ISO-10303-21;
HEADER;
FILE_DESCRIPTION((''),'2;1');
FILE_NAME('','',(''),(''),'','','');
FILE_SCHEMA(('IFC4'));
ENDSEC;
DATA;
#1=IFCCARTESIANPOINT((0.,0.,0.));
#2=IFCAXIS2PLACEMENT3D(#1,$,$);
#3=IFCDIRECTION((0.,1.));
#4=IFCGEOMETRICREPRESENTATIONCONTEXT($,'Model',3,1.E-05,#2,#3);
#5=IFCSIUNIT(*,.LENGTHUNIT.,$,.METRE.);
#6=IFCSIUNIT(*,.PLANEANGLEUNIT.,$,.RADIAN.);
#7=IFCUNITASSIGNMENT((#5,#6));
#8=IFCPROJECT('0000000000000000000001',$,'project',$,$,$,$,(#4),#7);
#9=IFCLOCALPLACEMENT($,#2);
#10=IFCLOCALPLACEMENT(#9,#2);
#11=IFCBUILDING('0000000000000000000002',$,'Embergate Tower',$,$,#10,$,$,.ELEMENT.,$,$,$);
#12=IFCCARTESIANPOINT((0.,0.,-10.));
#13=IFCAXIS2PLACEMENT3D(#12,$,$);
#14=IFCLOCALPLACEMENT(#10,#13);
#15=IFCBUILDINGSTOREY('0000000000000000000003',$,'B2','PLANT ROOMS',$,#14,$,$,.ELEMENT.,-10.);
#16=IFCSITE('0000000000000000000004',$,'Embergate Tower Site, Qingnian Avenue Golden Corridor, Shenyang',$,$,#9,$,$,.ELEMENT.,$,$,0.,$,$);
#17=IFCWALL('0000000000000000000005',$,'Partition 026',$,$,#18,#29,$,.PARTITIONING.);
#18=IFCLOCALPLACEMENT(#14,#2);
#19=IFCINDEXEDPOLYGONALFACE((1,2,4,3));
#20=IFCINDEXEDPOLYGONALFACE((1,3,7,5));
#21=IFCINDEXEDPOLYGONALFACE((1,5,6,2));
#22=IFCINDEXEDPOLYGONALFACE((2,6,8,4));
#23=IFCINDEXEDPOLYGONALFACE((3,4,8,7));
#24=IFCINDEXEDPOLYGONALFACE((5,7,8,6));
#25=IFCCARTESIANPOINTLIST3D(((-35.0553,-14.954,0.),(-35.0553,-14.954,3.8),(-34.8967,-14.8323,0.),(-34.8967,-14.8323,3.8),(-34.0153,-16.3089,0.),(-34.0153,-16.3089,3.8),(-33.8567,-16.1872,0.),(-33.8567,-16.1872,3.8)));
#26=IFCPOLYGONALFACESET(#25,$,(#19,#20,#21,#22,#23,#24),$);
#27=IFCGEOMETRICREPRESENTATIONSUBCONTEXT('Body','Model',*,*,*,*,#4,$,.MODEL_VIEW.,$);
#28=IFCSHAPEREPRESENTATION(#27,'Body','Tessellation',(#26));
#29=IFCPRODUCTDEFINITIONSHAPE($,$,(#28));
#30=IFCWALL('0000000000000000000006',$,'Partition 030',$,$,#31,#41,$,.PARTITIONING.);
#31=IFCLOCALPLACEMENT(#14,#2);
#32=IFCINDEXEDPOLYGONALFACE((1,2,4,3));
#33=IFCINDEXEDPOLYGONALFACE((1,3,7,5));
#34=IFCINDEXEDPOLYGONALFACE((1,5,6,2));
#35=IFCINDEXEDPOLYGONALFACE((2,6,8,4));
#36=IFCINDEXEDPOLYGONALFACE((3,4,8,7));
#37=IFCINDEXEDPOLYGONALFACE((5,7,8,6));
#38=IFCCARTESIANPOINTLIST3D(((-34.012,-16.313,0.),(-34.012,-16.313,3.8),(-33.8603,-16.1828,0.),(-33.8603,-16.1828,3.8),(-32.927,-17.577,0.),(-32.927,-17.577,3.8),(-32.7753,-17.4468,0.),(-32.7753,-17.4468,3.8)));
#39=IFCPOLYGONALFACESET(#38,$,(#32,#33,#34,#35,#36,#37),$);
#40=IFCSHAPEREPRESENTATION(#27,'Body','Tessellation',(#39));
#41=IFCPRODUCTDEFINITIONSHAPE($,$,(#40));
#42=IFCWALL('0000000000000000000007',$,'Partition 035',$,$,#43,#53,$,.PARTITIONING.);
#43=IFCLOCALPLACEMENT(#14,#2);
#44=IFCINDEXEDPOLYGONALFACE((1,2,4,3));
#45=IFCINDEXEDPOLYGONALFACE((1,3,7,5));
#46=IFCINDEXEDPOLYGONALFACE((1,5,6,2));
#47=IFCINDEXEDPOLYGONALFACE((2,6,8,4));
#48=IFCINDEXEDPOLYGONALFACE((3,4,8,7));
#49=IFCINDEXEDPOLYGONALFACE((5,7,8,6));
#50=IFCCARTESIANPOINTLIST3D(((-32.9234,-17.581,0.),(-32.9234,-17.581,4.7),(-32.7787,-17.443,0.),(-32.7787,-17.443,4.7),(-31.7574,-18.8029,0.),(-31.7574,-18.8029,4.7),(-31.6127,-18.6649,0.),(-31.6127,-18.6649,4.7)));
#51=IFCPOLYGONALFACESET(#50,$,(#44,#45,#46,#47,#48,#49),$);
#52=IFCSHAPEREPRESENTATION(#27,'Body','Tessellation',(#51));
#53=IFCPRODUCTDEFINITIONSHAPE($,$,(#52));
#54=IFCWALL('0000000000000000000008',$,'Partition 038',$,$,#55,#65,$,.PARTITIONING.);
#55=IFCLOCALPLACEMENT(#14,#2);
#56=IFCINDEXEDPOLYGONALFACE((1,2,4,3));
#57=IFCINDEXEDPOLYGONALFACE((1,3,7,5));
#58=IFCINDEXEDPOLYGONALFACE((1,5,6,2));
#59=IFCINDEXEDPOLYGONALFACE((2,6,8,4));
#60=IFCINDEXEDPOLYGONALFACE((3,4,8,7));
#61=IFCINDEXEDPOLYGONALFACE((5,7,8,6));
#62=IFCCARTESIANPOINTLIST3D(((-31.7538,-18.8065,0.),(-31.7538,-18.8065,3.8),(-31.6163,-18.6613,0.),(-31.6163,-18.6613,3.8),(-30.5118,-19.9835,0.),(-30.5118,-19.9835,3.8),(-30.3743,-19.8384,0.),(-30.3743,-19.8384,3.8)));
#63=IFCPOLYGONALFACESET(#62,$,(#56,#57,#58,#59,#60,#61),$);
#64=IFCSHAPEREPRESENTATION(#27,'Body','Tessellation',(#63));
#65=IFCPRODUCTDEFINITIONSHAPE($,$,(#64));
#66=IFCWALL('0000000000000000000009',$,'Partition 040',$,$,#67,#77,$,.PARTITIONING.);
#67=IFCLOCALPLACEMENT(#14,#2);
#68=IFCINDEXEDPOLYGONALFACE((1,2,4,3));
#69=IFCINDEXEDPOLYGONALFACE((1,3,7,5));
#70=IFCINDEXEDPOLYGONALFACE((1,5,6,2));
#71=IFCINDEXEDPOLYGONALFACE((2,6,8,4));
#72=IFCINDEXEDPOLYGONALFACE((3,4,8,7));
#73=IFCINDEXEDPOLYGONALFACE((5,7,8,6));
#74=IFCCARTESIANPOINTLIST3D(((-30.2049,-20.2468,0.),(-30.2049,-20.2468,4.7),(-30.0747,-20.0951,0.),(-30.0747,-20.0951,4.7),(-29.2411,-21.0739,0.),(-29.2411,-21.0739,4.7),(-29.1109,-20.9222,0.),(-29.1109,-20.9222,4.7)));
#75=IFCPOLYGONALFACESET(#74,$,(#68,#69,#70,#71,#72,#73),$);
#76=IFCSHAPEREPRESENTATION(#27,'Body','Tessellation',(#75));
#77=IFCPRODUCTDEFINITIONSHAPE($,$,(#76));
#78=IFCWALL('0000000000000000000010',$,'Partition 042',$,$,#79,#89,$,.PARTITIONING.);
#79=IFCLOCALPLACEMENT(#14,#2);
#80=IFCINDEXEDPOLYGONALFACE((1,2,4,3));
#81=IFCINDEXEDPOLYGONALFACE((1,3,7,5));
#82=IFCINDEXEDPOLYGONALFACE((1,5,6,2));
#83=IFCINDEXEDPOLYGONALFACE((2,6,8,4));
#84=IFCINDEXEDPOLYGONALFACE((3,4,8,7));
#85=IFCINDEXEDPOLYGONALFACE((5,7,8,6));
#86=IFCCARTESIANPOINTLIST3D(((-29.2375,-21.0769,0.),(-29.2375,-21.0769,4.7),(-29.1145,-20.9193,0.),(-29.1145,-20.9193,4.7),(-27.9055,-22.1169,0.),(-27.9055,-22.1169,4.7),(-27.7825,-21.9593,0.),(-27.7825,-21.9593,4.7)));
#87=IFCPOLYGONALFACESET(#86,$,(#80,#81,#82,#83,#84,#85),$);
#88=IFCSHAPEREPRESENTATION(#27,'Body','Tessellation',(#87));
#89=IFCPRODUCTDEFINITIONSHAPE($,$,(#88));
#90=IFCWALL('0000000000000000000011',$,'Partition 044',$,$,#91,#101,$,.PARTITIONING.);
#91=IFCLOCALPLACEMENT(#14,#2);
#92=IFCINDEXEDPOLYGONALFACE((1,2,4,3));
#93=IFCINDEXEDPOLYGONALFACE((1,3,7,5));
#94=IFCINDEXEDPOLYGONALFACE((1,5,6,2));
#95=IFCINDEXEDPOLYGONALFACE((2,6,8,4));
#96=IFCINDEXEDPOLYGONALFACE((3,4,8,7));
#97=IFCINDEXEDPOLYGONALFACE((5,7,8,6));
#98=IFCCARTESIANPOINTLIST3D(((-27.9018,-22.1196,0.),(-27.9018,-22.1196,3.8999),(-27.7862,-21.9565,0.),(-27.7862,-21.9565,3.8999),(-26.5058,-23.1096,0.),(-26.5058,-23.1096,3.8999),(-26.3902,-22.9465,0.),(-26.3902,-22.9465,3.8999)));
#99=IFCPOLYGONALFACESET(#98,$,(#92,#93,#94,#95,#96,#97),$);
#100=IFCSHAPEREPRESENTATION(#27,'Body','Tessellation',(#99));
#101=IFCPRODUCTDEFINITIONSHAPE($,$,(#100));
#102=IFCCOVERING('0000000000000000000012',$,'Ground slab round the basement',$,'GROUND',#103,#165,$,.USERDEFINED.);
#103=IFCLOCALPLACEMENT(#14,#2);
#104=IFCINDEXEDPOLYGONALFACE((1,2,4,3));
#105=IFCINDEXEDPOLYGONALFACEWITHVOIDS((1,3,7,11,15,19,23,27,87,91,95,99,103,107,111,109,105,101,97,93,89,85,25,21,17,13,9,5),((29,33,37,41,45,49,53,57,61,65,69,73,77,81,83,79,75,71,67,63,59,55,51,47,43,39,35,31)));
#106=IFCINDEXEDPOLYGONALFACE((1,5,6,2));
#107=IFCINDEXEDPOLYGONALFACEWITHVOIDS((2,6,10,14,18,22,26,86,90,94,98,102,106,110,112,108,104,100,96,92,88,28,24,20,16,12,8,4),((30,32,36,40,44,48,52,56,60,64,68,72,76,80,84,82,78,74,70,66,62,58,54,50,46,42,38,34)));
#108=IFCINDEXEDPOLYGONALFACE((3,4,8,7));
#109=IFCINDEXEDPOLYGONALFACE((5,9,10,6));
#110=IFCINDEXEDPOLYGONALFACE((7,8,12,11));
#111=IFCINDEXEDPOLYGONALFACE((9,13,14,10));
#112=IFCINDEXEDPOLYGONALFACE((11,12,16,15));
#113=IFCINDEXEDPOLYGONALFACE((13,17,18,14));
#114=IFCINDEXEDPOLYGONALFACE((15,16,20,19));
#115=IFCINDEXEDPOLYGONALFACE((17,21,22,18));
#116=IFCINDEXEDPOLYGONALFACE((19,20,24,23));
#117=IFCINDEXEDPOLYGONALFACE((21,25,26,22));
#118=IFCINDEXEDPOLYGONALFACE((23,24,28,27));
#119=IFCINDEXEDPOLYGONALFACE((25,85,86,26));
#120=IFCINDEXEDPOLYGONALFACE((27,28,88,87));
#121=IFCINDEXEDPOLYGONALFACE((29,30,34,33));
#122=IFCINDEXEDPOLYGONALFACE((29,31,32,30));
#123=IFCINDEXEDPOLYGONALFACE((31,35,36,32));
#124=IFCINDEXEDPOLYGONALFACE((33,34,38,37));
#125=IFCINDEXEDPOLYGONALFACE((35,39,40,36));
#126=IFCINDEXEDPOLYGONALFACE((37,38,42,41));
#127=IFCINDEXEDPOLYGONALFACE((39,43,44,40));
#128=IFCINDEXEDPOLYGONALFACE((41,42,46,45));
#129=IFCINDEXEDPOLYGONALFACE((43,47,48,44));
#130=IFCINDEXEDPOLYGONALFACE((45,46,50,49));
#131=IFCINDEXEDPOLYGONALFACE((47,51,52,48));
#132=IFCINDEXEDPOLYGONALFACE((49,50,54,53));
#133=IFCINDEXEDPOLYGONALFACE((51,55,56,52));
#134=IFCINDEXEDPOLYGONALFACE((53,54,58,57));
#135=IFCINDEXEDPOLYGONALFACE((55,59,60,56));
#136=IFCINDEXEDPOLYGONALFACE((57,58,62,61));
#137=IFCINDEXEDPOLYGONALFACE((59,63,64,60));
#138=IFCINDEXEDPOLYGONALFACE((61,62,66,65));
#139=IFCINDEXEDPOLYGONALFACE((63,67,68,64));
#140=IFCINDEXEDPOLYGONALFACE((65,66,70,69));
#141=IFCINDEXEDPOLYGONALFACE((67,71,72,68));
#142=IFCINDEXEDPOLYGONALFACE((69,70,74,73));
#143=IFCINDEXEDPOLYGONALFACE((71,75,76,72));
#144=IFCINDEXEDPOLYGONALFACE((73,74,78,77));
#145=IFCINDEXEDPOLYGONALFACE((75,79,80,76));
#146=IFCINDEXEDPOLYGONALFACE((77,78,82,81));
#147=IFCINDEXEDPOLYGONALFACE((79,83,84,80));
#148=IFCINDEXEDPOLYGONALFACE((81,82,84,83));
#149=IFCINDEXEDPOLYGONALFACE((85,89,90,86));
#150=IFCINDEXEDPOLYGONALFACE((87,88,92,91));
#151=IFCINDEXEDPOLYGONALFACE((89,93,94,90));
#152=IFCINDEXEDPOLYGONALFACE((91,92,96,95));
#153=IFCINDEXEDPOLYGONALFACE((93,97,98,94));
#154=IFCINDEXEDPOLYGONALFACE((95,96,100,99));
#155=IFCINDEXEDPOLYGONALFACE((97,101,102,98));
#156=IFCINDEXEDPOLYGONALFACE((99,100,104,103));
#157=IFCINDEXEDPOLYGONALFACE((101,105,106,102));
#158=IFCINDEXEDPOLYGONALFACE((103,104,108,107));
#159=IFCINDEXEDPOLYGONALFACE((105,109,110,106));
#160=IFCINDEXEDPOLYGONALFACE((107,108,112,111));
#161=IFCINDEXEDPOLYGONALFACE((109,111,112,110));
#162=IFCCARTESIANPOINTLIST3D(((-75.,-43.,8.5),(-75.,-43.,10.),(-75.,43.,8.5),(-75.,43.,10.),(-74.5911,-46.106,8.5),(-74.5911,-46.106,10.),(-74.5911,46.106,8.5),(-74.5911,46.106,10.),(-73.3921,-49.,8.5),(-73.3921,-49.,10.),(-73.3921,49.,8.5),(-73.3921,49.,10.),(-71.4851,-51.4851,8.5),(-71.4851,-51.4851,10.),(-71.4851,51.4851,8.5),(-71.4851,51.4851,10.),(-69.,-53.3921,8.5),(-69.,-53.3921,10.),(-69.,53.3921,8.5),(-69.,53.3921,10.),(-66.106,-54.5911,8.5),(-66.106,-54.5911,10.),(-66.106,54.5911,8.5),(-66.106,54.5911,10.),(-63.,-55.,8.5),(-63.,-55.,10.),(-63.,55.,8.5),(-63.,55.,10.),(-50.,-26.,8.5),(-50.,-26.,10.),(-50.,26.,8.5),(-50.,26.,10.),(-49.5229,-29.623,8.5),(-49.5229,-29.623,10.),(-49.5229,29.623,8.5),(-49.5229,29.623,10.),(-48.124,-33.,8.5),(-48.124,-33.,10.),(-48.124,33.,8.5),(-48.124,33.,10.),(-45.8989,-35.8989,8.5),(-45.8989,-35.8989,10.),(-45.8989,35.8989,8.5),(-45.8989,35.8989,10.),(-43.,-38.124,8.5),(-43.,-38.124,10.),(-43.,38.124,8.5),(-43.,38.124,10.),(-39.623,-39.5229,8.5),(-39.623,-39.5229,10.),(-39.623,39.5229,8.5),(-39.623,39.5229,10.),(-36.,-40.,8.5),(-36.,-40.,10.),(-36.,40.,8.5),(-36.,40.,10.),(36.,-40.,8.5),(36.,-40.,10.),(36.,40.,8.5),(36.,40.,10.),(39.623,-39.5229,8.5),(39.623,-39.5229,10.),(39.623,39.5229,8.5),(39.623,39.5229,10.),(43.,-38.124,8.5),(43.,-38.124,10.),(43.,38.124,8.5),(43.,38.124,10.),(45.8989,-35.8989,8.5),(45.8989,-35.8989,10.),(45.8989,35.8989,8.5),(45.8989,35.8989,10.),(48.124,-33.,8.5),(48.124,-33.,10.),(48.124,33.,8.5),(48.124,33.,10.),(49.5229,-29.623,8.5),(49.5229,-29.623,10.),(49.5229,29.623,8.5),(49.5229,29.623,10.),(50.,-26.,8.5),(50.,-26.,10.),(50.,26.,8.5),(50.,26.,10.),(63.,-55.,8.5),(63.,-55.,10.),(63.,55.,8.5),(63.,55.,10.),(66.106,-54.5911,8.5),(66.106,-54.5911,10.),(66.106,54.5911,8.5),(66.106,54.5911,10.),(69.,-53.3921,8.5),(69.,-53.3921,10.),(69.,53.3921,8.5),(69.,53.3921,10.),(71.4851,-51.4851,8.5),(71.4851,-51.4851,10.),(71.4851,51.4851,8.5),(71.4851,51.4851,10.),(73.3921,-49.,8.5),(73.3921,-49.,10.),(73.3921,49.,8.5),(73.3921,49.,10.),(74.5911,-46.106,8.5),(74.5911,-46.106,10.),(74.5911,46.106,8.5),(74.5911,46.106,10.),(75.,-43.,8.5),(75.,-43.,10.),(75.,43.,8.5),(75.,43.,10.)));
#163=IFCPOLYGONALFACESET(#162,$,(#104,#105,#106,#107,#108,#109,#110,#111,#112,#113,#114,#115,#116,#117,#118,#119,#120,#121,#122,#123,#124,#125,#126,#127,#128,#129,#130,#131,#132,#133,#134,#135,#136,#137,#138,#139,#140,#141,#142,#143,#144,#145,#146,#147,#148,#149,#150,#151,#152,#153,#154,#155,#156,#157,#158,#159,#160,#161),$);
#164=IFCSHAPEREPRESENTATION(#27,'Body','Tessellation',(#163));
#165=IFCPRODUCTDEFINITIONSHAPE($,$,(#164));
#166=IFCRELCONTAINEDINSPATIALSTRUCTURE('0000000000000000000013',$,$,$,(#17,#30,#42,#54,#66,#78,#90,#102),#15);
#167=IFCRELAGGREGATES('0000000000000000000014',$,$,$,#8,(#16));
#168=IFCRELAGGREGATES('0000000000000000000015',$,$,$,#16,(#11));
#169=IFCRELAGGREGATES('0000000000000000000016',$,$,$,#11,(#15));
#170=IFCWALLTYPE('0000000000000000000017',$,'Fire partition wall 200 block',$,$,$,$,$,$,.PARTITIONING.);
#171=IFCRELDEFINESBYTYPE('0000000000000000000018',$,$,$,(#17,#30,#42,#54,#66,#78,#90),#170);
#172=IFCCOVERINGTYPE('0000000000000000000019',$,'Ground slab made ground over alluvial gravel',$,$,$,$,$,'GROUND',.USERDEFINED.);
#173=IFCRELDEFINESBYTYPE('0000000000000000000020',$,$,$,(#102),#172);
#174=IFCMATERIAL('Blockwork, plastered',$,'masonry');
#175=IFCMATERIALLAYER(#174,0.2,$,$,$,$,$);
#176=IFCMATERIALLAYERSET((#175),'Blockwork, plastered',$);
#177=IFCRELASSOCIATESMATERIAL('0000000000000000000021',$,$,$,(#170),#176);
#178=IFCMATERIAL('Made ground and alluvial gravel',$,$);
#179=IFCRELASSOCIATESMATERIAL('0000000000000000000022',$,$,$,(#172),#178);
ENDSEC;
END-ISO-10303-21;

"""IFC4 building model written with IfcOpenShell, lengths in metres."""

from ifc_helpers import new_model, si_unit, direction, frame, frame_2d, origin, place, context, subcontext, project, spatial, polyline, rectangle, outline, extrude, source, transform, mapped, material, layer, layer_set, type_object, element, save


model = new_model("IFC4")

# Units and contexts
model_context = context("Model", 3, precision=1e-05, world=origin(), true_north=direction((0.0, 1.0)))
body_context = subcontext(model_context, "Body", "Model", "MODEL_VIEW")
ifc_project = project(units=[si_unit("LENGTHUNIT", "METRE"), si_unit("PLANEANGLEUNIT", "RADIAN")], contexts=[model_context])

# Site, building, storey
site_placement = place(None, origin())
site = spatial("IfcSite", under=ifc_project, at=site_placement, Name="Embergate Tower Site, Qingnian Avenue Golden Corridor, Shenyang", CompositionType="ELEMENT", RefElevation=0.0)
building_placement = place(site_placement, origin())
building = spatial("IfcBuilding", under=site, at=building_placement, Name="Embergate Tower", CompositionType="ELEMENT")
storey_placement = place(building_placement, frame((0.0, 0.0, -10.0)))
storey = spatial("IfcBuildingStorey", under=building, at=storey_placement, Name="B2", Description="PLANT ROOMS", CompositionType="ELEMENT", Elevation=-10.0)

# Walls
ifc_material_1 = material(Name="Blockwork, plastered", Category="masonry")
ifc_layer_1 = layer(ifc_material_1, 0.2)
ifc_layer_set_1 = layer_set([ifc_layer_1], Name="Blockwork, plastered")
wall_type_1 = type_object("IfcWallType", Name="Fire partition wall 200 block", PredefinedType="PARTITIONING", material=ifc_layer_set_1)
shared_shape_1 = source(origin(), body_context, "Body", "SweptSolid", [
    extrude(rectangle(XDim=1.708, YDim=0.2, at=frame_2d((0.854, 0.0))), origin(), (0.0, 0.0, 1.0), 3.8),
])
wall_1_placement = place(storey_placement, frame((-33.936, -16.248, 0.0), z_axis=(0.0, 0.0, 1.0), x_axis=(-0.608882, 0.793261, 0.0)))
element("IfcWall", 1, at=wall_1_placement, inside=storey, type_object=wall_type_1, Name="Partition 026", PredefinedType="PARTITIONING", context=body_context, shape_type="MappedRepresentation", body=[
    mapped(shared_shape_1, transform((0.0, 0.0, 0.0))),
])
shared_shape_2 = source(origin(), body_context, "Body", "SweptSolid", [
    extrude(rectangle(XDim=1.6658, YDim=0.2, at=frame_2d((0.833, 0.0))), origin(), (0.0, 0.0, 1.0), 3.8),
])
wall_2_placement = place(storey_placement, frame((-32.8511, -17.512, 0.0), z_axis=(0.0, 0.0, 1.0), x_axis=(-0.651346, 0.75878, 0.0)))
element("IfcWall", 2, at=wall_2_placement, inside=storey, type_object=wall_type_1, Name="Partition 030", PredefinedType="PARTITIONING", context=body_context, shape_type="MappedRepresentation", body=[
    mapped(shared_shape_2, transform((0.0, 0.0, 0.0))),
])
shared_shape_3 = source(origin(), body_context, "Body", "SweptSolid", [
    extrude(rectangle(XDim=1.689, YDim=0.2, at=frame_2d((0.8445, 0.0))), origin(), (0.0, 0.0, 1.0), 4.7),
])
wall_3_placement = place(storey_placement, frame((-31.6851, -18.7339, 0.0), z_axis=(0.0, 0.0, 1.0), x_axis=(-0.690362, 0.723464, 0.0)))
element("IfcWall", 3, at=wall_3_placement, inside=storey, type_object=wall_type_1, Name="Partition 035", PredefinedType="PARTITIONING", context=body_context, shape_type="MappedRepresentation", body=[
    mapped(shared_shape_3, transform((0.0, 0.0, 0.0))),
])
shared_shape_4 = source(origin(), body_context, "Body", "SweptSolid", [
    extrude(rectangle(XDim=1.7112, YDim=0.2, at=frame_2d((0.8555, 0.0))), origin(), (0.0, 0.0, 1.0), 3.8),
])
wall_4_placement = place(storey_placement, frame((-30.4431, -19.9109, 0.0), z_axis=(0.0, 0.0, 1.0), x_axis=(-0.725829, 0.687875, 0.0)))
element("IfcWall", 4, at=wall_4_placement, inside=storey, type_object=wall_type_1, Name="Partition 038", PredefinedType="PARTITIONING", context=body_context, shape_type="MappedRepresentation", body=[
    mapped(shared_shape_4, transform((0.0, 0.0, 0.0))),
])
shared_shape_5 = source(origin(), body_context, "Body", "SweptSolid", [
    extrude(rectangle(XDim=1.27, YDim=0.2, at=frame_2d((0.635, 0.0))), origin(), (0.0, 0.0, 1.0), 4.7),
])
wall_5_placement = place(storey_placement, frame((-29.176, -20.998, 0.0), z_axis=(0.0, 0.0, 1.0), x_axis=(-0.758877, 0.651234, 0.0)))
element("IfcWall", 5, at=wall_5_placement, inside=storey, type_object=wall_type_1, Name="Partition 040", PredefinedType="PARTITIONING", context=body_context, shape_type="MappedRepresentation", body=[
    mapped(shared_shape_5, transform((0.0, 0.0, 0.0))),
])
shared_shape_6 = source(origin(), body_context, "Body", "SweptSolid", [
    extrude(rectangle(XDim=1.6899, YDim=0.2, at=frame_2d((0.845, 0.0))), origin(), (0.0, 0.0, 1.0), 4.7),
])
wall_6_placement = place(storey_placement, frame((-27.844, -22.0381, 0.0), z_axis=(0.0, 0.0, 1.0), x_axis=(-0.7882, 0.61542, 0.0)))
element("IfcWall", 6, at=wall_6_placement, inside=storey, type_object=wall_type_1, Name="Partition 042", PredefinedType="PARTITIONING", context=body_context, shape_type="MappedRepresentation", body=[
    mapped(shared_shape_6, transform((0.0, 0.0, 0.0))),
])
shared_shape_7 = source(origin(), body_context, "Body", "SweptSolid", [
    extrude(rectangle(XDim=1.7114, YDim=0.2, at=frame_2d((0.8557, 0.0))), origin(), (0.0, 0.0, 1.0), 3.8999),
])
wall_7_placement = place(storey_placement, frame((-26.448, -23.0281, 0.0), z_axis=(0.0, 0.0, 1.0), x_axis=(-0.815705, 0.578468, 0.0)))
element("IfcWall", 7, at=wall_7_placement, inside=storey, type_object=wall_type_1, Name="Partition 044", PredefinedType="PARTITIONING", context=body_context, shape_type="MappedRepresentation", body=[
    mapped(shared_shape_7, transform((0.0, 0.0, 0.0))),
])

# Covering
ifc_material_2 = material(Name="Made ground and alluvial gravel")
covering_type = type_object("IfcCoveringType", Name="Ground slab made ground over alluvial gravel", ElementType="GROUND", PredefinedType="USERDEFINED", material=ifc_material_2)
shared_shape_8 = source(origin(), body_context, "Body", "SweptSolid", [
    extrude(outline(polyline([(0.0, 0.0), (126.0, 0.0), (129.106, 0.4089), (132.0, 1.6079), (134.4851, 3.5149), (136.3921, 6.0), (137.5911, 8.894), (138.0, 12.0), (138.0, 98.0), (137.5911, 101.106), (136.3921, 104.0), (134.4851, 106.4851), (132.0, 108.3921), (129.106, 109.5911), (126.0, 110.0), (0.0, 110.0), (-3.106, 109.5911), (-6.0, 108.3921), (-8.4851, 106.4851), (-10.3921, 104.0), (-11.5911, 101.106), (-12.0, 98.0), (-12.0, 12.0), (-11.5911, 8.894), (-10.3921, 6.0), (-8.4851, 3.5149), (-6.0, 1.6079), (-3.106, 0.4089), (0.0, 0.0)]), holes=[polyline([(27.0, 15.0), (23.377, 15.4771), (20.0, 16.876), (17.1011, 19.1011), (14.876, 22.0), (13.4771, 25.377), (13.0, 29.0), (13.0, 81.0), (13.4771, 84.623), (14.876, 88.0), (17.1011, 90.8989), (20.0, 93.124), (23.377, 94.5229), (27.0, 95.0), (99.0, 95.0), (102.623, 94.5229), (106.0, 93.124), (108.8989, 90.8989), (111.124, 88.0), (112.5229, 84.623), (113.0, 81.0), (113.0, 29.0), (112.5229, 25.377), (111.124, 22.0), (108.8989, 19.1011), (106.0, 16.876), (102.623, 15.4771), (99.0, 15.0), (27.0, 15.0)])]), origin(), (0.0, 0.0, 1.0), 1.5),
])
covering_placement = place(storey_placement, frame((-63.0, -55.0, 8.5)))
element("IfcCovering", 8, at=covering_placement, inside=storey, type_object=covering_type, Name="Ground slab round the basement", ObjectType="GROUND", PredefinedType="USERDEFINED", context=body_context, shape_type="MappedRepresentation", body=[
    mapped(shared_shape_8, transform((0.0, 0.0, 0.0))),
])

save(model, "model.ifc")
